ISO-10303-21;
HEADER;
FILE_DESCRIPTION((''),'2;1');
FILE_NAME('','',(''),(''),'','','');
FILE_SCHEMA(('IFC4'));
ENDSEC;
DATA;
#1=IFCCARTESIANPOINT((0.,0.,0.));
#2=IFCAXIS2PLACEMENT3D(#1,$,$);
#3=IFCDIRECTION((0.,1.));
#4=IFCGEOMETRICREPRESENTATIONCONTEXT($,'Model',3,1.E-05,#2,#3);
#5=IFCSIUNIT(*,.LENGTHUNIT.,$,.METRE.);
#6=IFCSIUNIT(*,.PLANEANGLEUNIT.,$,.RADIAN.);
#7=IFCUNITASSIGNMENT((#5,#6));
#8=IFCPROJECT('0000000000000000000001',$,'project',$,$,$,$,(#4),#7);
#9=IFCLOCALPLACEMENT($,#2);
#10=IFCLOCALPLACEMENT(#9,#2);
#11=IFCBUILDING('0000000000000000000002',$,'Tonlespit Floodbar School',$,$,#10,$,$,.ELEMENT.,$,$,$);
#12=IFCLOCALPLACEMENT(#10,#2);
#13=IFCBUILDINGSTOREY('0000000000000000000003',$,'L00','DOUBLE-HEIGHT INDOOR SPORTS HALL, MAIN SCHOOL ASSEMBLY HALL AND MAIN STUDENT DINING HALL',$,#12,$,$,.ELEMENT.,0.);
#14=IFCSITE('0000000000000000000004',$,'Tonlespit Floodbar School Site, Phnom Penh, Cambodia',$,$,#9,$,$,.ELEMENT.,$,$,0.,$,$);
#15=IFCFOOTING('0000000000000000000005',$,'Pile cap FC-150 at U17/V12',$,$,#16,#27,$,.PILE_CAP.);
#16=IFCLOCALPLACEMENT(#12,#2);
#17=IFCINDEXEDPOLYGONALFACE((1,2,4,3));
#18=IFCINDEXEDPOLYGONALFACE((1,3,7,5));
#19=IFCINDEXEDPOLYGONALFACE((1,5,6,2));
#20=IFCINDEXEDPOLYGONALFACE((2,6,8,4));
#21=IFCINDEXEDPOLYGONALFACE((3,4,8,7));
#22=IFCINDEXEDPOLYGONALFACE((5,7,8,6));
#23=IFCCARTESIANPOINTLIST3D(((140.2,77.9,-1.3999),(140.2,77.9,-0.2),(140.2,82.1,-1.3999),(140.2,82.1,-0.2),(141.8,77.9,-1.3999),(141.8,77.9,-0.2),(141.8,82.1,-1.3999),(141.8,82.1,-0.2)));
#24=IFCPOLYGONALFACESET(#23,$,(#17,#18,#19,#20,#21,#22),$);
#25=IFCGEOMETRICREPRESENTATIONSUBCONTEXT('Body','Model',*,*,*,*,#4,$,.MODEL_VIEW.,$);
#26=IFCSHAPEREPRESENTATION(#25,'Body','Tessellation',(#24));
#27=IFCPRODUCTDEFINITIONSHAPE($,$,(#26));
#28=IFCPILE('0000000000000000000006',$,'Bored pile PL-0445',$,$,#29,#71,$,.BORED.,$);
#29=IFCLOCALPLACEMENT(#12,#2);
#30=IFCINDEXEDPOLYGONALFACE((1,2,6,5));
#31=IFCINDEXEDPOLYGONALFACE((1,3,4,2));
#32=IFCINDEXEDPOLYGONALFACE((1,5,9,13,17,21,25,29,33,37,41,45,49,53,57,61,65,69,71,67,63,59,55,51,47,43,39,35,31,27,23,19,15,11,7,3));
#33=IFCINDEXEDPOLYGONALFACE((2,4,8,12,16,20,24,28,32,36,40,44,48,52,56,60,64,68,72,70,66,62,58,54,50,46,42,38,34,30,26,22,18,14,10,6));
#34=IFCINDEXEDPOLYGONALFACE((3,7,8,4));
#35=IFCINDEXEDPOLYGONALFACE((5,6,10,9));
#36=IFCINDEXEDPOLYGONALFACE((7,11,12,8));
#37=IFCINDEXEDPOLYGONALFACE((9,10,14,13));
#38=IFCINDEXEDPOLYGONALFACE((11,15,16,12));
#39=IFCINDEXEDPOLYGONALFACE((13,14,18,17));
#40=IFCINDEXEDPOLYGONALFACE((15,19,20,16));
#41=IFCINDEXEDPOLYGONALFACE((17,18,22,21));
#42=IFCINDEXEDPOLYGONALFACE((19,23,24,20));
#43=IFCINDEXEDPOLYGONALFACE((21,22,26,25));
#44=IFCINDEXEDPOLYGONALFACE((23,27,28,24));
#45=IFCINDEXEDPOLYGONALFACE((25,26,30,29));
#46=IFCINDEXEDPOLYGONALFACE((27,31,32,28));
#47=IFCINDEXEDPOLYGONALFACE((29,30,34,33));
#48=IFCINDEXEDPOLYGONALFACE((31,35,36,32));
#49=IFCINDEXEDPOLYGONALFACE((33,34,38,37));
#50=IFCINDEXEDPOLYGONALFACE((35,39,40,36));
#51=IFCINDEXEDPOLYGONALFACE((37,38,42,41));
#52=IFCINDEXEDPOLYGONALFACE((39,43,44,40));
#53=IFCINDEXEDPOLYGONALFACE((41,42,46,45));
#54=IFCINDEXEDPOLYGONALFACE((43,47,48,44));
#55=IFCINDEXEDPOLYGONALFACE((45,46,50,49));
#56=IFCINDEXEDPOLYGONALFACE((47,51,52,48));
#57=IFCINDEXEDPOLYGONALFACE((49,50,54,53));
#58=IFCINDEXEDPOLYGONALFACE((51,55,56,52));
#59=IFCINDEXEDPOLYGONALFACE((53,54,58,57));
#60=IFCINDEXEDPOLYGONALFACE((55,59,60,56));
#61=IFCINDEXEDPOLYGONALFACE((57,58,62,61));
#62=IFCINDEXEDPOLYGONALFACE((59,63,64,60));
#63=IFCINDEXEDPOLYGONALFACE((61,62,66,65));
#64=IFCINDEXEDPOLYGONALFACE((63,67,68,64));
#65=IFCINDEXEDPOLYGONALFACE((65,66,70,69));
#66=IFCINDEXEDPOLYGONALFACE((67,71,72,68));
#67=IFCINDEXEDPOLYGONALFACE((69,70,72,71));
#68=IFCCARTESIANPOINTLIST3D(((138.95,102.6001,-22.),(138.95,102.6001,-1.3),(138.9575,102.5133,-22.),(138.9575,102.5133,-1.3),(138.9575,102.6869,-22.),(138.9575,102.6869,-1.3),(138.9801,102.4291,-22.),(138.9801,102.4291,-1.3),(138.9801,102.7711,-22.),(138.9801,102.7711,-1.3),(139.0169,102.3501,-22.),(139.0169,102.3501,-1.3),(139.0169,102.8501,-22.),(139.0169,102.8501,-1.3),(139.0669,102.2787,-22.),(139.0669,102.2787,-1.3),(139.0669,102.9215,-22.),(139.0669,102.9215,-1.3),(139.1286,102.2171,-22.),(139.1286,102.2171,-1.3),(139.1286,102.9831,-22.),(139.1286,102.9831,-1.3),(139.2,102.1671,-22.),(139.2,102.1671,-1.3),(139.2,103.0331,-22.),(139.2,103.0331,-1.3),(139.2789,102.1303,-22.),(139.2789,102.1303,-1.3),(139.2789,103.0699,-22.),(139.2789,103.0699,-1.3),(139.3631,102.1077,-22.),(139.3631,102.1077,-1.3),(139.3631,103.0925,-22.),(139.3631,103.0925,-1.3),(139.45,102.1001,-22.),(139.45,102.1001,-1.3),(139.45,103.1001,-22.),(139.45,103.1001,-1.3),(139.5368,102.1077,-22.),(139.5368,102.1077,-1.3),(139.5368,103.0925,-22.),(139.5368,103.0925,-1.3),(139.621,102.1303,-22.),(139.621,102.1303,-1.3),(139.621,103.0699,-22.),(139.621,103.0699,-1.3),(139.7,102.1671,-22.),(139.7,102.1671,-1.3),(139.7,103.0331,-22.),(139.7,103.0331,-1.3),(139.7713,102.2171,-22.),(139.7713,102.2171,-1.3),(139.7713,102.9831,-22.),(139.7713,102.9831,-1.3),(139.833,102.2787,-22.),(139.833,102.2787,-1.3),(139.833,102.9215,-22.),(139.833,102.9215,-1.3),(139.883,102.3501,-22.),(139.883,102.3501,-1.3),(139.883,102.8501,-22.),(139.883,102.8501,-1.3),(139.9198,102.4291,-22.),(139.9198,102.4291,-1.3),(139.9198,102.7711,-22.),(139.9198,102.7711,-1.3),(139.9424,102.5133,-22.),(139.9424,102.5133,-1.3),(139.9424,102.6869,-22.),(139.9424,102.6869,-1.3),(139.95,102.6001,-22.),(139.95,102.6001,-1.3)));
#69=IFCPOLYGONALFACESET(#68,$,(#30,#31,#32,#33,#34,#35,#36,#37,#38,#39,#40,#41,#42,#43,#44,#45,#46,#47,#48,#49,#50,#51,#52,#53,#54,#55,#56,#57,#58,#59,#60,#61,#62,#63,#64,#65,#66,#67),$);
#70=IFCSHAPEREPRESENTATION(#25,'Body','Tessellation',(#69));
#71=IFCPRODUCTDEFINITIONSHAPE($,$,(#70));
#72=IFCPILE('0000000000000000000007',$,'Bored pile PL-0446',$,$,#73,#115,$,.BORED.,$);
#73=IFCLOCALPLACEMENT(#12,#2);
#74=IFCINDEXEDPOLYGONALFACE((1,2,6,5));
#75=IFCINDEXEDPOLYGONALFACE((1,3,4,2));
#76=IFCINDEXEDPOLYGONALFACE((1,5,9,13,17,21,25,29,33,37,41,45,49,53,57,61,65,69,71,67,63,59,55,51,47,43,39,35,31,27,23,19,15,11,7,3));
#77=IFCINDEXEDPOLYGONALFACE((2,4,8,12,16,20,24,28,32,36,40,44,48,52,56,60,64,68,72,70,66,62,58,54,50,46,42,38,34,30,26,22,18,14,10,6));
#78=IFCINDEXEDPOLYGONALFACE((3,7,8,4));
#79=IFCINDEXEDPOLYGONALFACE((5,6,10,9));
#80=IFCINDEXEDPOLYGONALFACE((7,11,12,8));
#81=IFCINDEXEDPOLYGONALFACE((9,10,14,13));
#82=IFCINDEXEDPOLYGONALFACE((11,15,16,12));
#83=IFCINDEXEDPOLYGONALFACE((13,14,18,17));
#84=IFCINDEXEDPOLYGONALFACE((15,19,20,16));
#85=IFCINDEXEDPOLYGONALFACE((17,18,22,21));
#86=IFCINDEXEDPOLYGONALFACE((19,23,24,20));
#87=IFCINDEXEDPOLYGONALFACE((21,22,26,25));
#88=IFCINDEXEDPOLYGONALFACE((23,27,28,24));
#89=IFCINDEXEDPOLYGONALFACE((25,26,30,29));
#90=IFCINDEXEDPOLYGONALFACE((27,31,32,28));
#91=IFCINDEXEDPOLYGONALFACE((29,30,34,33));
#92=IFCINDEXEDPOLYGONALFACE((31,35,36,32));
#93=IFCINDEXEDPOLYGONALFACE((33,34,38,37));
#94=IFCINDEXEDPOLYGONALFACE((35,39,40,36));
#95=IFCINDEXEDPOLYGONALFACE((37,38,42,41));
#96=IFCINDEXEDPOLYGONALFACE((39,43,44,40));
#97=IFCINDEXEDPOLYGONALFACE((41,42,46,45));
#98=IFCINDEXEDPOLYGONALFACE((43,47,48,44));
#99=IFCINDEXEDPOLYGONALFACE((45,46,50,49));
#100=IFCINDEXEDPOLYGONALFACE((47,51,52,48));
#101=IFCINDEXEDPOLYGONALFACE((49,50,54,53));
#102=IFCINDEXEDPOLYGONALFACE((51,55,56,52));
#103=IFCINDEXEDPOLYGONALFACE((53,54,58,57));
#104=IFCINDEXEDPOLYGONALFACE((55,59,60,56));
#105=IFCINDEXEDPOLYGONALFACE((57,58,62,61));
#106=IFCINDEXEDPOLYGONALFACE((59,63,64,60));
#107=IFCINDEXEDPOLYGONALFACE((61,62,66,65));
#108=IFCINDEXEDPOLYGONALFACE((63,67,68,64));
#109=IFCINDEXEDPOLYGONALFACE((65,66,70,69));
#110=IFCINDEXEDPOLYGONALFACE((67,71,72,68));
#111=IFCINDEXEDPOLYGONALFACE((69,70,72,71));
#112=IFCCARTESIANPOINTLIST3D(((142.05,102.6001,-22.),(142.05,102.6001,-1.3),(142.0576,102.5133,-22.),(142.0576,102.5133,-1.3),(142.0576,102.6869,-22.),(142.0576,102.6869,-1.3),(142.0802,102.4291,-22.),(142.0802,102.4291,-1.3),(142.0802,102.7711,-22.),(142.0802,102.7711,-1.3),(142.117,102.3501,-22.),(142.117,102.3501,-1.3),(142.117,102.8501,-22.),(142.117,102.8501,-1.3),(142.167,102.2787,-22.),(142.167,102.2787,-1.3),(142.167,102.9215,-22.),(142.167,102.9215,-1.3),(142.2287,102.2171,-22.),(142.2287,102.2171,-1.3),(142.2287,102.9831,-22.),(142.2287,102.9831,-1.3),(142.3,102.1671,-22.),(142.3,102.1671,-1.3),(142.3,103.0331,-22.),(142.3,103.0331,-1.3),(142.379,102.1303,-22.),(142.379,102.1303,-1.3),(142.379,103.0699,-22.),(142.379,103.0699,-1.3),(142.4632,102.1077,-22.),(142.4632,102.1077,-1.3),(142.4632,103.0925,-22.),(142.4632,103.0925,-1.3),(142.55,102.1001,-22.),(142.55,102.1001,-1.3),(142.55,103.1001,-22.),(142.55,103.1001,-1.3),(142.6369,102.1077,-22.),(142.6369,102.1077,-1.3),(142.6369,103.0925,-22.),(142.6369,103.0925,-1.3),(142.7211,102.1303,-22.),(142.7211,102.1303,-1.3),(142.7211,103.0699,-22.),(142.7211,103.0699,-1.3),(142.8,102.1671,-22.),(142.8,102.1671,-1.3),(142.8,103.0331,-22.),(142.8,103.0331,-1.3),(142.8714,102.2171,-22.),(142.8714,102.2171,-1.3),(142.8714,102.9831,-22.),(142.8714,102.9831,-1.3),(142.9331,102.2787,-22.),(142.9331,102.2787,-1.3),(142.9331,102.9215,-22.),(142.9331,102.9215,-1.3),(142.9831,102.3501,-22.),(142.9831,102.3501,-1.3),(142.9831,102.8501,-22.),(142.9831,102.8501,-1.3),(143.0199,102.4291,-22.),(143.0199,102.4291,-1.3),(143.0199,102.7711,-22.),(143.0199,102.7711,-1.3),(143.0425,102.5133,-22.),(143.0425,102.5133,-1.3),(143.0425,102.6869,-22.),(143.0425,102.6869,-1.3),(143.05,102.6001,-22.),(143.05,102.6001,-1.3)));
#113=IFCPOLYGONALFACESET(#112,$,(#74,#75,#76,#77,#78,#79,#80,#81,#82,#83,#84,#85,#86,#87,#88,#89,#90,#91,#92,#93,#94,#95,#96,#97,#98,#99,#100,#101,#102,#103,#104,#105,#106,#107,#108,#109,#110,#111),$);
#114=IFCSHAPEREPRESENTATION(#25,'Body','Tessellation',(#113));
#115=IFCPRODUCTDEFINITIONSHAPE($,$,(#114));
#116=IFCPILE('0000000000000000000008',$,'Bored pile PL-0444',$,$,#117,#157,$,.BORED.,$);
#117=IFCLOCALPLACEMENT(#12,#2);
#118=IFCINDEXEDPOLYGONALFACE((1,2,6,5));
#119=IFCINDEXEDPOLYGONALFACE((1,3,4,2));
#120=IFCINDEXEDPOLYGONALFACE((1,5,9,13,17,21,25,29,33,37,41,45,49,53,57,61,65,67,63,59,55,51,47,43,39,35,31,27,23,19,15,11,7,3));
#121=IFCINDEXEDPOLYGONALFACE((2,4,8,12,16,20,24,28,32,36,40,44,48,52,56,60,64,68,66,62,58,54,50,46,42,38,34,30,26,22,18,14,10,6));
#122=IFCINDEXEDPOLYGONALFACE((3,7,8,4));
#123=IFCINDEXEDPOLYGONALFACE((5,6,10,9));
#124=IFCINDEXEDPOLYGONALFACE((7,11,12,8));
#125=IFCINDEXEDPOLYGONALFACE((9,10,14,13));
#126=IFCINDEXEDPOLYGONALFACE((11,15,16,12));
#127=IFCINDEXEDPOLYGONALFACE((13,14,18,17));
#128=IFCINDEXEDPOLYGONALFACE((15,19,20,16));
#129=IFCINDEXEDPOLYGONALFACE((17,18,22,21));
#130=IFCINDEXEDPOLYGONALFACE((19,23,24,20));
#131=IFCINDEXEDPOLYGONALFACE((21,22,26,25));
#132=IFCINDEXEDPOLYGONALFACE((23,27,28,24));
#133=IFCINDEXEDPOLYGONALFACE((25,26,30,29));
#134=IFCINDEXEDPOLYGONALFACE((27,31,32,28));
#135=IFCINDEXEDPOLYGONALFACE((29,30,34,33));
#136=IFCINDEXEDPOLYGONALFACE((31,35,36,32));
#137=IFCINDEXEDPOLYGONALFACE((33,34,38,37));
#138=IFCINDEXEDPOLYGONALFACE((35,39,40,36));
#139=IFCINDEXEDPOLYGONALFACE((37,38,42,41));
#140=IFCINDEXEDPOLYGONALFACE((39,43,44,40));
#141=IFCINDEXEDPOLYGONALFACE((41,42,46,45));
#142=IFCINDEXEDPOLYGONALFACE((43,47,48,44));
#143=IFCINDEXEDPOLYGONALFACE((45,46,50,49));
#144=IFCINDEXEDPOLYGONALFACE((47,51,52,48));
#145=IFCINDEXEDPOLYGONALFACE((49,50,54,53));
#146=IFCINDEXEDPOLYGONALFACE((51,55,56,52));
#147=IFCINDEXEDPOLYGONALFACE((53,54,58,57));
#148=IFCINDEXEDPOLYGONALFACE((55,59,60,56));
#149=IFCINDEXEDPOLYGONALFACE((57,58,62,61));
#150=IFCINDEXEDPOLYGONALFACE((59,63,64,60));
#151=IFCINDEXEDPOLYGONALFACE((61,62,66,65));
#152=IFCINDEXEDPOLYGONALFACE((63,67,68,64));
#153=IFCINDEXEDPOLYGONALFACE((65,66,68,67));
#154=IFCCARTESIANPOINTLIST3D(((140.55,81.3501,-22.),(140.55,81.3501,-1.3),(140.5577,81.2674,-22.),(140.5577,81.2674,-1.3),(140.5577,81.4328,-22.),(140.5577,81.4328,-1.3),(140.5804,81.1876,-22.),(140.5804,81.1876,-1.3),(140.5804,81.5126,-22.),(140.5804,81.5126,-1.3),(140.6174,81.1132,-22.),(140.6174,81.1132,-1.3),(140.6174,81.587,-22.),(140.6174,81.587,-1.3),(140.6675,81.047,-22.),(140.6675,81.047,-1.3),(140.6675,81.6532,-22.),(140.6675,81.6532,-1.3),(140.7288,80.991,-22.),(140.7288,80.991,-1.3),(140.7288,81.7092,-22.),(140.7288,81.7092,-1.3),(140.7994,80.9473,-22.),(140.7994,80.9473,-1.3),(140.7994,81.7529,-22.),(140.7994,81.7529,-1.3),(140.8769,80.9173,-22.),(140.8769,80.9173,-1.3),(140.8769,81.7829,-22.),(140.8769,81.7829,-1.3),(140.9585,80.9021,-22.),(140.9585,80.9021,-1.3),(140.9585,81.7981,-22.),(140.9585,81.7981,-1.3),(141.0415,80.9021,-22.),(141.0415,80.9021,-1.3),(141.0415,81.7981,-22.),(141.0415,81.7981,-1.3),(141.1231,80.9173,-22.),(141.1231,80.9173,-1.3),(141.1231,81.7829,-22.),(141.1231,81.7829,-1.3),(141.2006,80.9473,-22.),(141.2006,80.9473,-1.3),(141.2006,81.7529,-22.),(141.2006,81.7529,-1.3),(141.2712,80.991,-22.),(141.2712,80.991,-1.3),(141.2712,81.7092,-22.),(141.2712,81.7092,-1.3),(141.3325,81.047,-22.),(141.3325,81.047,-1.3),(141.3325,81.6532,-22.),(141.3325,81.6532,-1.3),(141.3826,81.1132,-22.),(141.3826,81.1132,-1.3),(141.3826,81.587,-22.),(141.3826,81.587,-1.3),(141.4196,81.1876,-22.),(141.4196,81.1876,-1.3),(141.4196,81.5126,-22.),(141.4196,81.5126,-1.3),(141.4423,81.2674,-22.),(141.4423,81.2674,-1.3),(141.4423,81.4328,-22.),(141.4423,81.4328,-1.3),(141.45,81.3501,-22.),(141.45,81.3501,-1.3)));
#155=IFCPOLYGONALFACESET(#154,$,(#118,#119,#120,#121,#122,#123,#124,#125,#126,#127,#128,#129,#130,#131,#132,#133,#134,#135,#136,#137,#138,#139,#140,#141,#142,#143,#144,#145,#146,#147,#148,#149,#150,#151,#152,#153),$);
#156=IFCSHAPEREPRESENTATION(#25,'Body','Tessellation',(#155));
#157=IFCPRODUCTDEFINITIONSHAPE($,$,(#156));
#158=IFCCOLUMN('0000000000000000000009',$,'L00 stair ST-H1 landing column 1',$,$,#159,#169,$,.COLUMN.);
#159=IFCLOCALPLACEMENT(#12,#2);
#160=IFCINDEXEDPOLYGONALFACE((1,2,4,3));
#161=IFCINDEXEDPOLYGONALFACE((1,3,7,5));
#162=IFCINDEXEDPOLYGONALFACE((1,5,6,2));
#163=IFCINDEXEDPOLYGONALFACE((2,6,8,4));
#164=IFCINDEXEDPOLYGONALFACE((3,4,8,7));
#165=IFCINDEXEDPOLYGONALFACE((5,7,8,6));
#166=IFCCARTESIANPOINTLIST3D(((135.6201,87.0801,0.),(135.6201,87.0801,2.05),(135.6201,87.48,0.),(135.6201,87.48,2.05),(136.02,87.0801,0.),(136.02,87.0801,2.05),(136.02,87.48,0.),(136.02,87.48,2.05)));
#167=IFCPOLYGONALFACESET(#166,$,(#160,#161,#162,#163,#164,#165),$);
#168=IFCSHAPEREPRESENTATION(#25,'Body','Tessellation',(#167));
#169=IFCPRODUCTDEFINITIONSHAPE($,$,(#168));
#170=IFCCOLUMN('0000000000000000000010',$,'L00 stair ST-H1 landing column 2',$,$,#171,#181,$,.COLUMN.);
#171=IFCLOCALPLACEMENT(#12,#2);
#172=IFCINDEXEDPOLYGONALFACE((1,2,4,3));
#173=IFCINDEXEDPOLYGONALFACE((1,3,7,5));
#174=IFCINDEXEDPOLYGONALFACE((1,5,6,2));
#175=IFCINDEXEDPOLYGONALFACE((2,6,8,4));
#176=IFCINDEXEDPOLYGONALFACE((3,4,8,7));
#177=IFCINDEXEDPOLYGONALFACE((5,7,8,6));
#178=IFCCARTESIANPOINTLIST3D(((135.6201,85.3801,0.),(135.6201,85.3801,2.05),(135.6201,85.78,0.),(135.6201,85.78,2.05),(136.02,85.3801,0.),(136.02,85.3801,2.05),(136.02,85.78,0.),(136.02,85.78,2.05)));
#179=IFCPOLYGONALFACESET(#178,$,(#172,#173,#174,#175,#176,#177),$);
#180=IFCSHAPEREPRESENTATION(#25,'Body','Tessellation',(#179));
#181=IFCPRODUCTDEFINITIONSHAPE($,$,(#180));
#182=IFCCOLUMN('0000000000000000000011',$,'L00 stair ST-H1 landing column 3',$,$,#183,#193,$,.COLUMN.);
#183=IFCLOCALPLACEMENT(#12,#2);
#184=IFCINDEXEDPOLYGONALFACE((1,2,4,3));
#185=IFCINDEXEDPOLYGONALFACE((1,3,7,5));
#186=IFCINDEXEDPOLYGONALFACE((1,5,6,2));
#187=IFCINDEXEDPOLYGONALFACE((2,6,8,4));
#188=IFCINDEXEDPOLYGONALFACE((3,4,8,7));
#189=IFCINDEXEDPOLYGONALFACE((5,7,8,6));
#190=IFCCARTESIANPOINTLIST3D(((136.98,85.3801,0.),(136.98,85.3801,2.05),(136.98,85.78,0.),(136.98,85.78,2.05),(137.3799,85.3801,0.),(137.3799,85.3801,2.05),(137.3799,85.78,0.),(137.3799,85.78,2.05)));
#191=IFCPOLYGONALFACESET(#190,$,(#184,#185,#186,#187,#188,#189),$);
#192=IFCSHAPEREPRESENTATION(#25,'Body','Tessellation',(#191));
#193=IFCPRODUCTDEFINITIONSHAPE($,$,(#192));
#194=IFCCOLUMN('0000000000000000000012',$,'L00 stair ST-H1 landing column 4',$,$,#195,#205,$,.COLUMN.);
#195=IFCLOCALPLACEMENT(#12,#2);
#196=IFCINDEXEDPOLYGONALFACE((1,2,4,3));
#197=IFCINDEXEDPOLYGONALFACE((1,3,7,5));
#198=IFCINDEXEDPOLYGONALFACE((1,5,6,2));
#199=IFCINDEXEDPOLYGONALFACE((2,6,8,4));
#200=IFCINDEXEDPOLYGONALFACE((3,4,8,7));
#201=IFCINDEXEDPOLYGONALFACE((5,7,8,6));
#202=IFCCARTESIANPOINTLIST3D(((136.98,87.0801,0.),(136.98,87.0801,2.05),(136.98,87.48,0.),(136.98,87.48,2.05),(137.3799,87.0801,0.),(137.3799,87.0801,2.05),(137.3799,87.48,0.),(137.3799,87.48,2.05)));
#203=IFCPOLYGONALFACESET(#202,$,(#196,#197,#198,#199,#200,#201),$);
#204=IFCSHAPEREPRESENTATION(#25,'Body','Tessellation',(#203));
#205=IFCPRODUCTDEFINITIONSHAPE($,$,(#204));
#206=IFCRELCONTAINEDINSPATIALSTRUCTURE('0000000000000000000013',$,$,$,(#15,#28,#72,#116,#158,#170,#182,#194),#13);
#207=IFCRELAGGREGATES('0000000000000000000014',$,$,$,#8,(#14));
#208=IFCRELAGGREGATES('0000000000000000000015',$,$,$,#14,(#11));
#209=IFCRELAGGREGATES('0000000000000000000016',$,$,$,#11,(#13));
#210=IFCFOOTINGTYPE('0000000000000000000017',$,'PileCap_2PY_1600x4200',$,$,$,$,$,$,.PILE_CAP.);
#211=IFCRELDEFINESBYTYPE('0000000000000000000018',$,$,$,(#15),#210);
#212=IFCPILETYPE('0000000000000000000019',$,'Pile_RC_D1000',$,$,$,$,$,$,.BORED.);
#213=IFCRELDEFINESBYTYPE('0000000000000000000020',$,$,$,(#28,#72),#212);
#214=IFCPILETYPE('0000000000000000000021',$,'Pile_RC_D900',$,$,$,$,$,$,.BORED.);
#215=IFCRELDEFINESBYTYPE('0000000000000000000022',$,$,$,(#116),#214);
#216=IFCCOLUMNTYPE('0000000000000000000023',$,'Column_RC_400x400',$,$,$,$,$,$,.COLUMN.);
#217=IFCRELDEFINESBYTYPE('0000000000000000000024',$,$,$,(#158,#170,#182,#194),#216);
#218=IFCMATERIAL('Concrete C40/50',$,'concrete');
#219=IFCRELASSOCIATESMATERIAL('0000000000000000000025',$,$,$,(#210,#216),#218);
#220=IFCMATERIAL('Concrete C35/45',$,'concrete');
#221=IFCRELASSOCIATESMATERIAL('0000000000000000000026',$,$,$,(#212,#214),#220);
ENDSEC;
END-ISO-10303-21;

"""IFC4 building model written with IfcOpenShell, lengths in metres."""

from ifc_helpers import new_model, si_unit, direction, frame, origin, origin_2d, place, context, subcontext, project, spatial, rectangle, circle, extrude, material, material_profile, profile_set, type_object, element, save


model = new_model("IFC4")

# Units and contexts
model_context = context("Model", 3, precision=1e-05, world=origin(), true_north=direction((0.0, 1.0)))
body_context = subcontext(model_context, "Body", "Model", "MODEL_VIEW")
ifc_project = project(units=[si_unit("LENGTHUNIT", "METRE"), si_unit("PLANEANGLEUNIT", "RADIAN")], contexts=[model_context])

# Site, building, storey
site_placement = place(None, origin())
site = spatial("IfcSite", under=ifc_project, at=site_placement, Name="Tonlespit Floodbar School Site, Phnom Penh, Cambodia", CompositionType="ELEMENT", RefElevation=0.0)
building_placement = place(site_placement, origin())
building = spatial("IfcBuilding", under=site, at=building_placement, Name="Tonlespit Floodbar School", CompositionType="ELEMENT")
storey_placement = place(building_placement, origin())
storey = spatial("IfcBuildingStorey", under=building, at=storey_placement, Name="L00", Description="DOUBLE-HEIGHT INDOOR SPORTS HALL, MAIN SCHOOL ASSEMBLY HALL AND MAIN STUDENT DINING HALL", CompositionType="ELEMENT", Elevation=0.0)

# Footing
ifc_material_1 = material(Name="Concrete C40/50", Category="concrete")
footing_type = type_object("IfcFootingType", Name="PileCap_2PY_1600x4200", PredefinedType="PILE_CAP", material=ifc_material_1)
footing_placement = place(storey_placement, frame((141.0, 80.0, -1.3999), z_axis=(0.0, 0.0, 1.0), x_axis=(1.0, 0.0, 0.0)))
element("IfcFooting", 1, at=footing_placement, inside=storey, type_object=footing_type, Name="Pile cap FC-150 at U17/V12", PredefinedType="PILE_CAP", context=body_context, shape_type="SweptSolid", body=[
    extrude(rectangle(XDim=1.6001, YDim=4.2, at=origin_2d()), origin(), (0.0, 0.0, 1.0), 1.2),
])

# Piles
ifc_material_2 = material(Name="Concrete C35/45", Category="concrete")
ifc_material_profile_1 = material_profile(ifc_material_2, circle(Radius=0.5, at=origin_2d()), Name="BP D1000")
ifc_profile_set_1 = profile_set([ifc_material_profile_1], Name="Concrete C35/45")
pile_type_1 = type_object("IfcPileType", Name="Pile_RC_D1000", PredefinedType="BORED", material=ifc_profile_set_1)
for number, where, z_axis, x_axis, name in (
    (2, (139.45, 102.6001, -1.3), (0.0, 0.0, -1.0), (1.0, 0.0, 0.0), "Bored pile PL-0445"),
    (3, (142.55, 102.6001, -1.3), (0.0, 0.0, -1.0), (1.0, 0.0, 0.0), "Bored pile PL-0446"),
):
    element("IfcPile", number, at=place(storey_placement, frame(where, z_axis=z_axis, x_axis=x_axis)), inside=storey, type_object=pile_type_1, Name=name, PredefinedType="BORED", context=body_context, shape_type="SweptSolid", body=[
        extrude(circle(Radius=0.5, at=origin_2d()), origin(), (0.0, 0.0, 1.0), 20.7),
    ])
ifc_material_profile_2 = material_profile(ifc_material_2, circle(Radius=0.45, at=origin_2d()), Name="BP D900")
ifc_profile_set_2 = profile_set([ifc_material_profile_2], Name="Concrete C35/45")
pile_type_2 = type_object("IfcPileType", Name="Pile_RC_D900", PredefinedType="BORED", material=ifc_profile_set_2)
pile_placement = place(storey_placement, frame((141.0, 81.3501, -1.3), z_axis=(0.0, 0.0, -1.0), x_axis=(1.0, 0.0, 0.0)))
element("IfcPile", 4, at=pile_placement, inside=storey, type_object=pile_type_2, Name="Bored pile PL-0444", PredefinedType="BORED", context=body_context, shape_type="SweptSolid", body=[
    extrude(circle(Radius=0.45, at=origin_2d()), origin(), (0.0, 0.0, 1.0), 20.7),
])

# Columns
ifc_material_profile_3 = material_profile(ifc_material_1, rectangle(XDim=0.3999, YDim=0.3999, at=origin_2d()), Name="RC 400x400")
ifc_profile_set_3 = profile_set([ifc_material_profile_3], Name="Concrete C40/50")
column_type_1 = type_object("IfcColumnType", Name="Column_RC_400x400", PredefinedType="COLUMN", material=ifc_profile_set_3)
for number, where, z_axis, x_axis, name in (
    (5, (135.8201, 87.28, 0.0), (0.0, 0.0, 1.0), (1.0, 0.0, 0.0), "L00 stair ST-H1 landing column 1"),
    (6, (135.8201, 85.5801, 0.0), (0.0, 0.0, 1.0), (1.0, 0.0, 0.0), "L00 stair ST-H1 landing column 2"),
    (7, (137.1799, 85.5801, 0.0), (0.0, 0.0, 1.0), (1.0, 0.0, 0.0), "L00 stair ST-H1 landing column 3"),
    (8, (137.1799, 87.28, 0.0), (0.0, 0.0, 1.0), (1.0, 0.0, 0.0), "L00 stair ST-H1 landing column 4"),
):
    element("IfcColumn", number, at=place(storey_placement, frame(where, z_axis=z_axis, x_axis=x_axis)), inside=storey, type_object=column_type_1, Name=name, PredefinedType="COLUMN", context=body_context, shape_type="SweptSolid", body=[
        extrude(rectangle(XDim=0.3999, YDim=0.3999, at=origin_2d()), origin(), (0.0, 0.0, 1.0), 2.05),
    ])

save(model, "model.ifc")
